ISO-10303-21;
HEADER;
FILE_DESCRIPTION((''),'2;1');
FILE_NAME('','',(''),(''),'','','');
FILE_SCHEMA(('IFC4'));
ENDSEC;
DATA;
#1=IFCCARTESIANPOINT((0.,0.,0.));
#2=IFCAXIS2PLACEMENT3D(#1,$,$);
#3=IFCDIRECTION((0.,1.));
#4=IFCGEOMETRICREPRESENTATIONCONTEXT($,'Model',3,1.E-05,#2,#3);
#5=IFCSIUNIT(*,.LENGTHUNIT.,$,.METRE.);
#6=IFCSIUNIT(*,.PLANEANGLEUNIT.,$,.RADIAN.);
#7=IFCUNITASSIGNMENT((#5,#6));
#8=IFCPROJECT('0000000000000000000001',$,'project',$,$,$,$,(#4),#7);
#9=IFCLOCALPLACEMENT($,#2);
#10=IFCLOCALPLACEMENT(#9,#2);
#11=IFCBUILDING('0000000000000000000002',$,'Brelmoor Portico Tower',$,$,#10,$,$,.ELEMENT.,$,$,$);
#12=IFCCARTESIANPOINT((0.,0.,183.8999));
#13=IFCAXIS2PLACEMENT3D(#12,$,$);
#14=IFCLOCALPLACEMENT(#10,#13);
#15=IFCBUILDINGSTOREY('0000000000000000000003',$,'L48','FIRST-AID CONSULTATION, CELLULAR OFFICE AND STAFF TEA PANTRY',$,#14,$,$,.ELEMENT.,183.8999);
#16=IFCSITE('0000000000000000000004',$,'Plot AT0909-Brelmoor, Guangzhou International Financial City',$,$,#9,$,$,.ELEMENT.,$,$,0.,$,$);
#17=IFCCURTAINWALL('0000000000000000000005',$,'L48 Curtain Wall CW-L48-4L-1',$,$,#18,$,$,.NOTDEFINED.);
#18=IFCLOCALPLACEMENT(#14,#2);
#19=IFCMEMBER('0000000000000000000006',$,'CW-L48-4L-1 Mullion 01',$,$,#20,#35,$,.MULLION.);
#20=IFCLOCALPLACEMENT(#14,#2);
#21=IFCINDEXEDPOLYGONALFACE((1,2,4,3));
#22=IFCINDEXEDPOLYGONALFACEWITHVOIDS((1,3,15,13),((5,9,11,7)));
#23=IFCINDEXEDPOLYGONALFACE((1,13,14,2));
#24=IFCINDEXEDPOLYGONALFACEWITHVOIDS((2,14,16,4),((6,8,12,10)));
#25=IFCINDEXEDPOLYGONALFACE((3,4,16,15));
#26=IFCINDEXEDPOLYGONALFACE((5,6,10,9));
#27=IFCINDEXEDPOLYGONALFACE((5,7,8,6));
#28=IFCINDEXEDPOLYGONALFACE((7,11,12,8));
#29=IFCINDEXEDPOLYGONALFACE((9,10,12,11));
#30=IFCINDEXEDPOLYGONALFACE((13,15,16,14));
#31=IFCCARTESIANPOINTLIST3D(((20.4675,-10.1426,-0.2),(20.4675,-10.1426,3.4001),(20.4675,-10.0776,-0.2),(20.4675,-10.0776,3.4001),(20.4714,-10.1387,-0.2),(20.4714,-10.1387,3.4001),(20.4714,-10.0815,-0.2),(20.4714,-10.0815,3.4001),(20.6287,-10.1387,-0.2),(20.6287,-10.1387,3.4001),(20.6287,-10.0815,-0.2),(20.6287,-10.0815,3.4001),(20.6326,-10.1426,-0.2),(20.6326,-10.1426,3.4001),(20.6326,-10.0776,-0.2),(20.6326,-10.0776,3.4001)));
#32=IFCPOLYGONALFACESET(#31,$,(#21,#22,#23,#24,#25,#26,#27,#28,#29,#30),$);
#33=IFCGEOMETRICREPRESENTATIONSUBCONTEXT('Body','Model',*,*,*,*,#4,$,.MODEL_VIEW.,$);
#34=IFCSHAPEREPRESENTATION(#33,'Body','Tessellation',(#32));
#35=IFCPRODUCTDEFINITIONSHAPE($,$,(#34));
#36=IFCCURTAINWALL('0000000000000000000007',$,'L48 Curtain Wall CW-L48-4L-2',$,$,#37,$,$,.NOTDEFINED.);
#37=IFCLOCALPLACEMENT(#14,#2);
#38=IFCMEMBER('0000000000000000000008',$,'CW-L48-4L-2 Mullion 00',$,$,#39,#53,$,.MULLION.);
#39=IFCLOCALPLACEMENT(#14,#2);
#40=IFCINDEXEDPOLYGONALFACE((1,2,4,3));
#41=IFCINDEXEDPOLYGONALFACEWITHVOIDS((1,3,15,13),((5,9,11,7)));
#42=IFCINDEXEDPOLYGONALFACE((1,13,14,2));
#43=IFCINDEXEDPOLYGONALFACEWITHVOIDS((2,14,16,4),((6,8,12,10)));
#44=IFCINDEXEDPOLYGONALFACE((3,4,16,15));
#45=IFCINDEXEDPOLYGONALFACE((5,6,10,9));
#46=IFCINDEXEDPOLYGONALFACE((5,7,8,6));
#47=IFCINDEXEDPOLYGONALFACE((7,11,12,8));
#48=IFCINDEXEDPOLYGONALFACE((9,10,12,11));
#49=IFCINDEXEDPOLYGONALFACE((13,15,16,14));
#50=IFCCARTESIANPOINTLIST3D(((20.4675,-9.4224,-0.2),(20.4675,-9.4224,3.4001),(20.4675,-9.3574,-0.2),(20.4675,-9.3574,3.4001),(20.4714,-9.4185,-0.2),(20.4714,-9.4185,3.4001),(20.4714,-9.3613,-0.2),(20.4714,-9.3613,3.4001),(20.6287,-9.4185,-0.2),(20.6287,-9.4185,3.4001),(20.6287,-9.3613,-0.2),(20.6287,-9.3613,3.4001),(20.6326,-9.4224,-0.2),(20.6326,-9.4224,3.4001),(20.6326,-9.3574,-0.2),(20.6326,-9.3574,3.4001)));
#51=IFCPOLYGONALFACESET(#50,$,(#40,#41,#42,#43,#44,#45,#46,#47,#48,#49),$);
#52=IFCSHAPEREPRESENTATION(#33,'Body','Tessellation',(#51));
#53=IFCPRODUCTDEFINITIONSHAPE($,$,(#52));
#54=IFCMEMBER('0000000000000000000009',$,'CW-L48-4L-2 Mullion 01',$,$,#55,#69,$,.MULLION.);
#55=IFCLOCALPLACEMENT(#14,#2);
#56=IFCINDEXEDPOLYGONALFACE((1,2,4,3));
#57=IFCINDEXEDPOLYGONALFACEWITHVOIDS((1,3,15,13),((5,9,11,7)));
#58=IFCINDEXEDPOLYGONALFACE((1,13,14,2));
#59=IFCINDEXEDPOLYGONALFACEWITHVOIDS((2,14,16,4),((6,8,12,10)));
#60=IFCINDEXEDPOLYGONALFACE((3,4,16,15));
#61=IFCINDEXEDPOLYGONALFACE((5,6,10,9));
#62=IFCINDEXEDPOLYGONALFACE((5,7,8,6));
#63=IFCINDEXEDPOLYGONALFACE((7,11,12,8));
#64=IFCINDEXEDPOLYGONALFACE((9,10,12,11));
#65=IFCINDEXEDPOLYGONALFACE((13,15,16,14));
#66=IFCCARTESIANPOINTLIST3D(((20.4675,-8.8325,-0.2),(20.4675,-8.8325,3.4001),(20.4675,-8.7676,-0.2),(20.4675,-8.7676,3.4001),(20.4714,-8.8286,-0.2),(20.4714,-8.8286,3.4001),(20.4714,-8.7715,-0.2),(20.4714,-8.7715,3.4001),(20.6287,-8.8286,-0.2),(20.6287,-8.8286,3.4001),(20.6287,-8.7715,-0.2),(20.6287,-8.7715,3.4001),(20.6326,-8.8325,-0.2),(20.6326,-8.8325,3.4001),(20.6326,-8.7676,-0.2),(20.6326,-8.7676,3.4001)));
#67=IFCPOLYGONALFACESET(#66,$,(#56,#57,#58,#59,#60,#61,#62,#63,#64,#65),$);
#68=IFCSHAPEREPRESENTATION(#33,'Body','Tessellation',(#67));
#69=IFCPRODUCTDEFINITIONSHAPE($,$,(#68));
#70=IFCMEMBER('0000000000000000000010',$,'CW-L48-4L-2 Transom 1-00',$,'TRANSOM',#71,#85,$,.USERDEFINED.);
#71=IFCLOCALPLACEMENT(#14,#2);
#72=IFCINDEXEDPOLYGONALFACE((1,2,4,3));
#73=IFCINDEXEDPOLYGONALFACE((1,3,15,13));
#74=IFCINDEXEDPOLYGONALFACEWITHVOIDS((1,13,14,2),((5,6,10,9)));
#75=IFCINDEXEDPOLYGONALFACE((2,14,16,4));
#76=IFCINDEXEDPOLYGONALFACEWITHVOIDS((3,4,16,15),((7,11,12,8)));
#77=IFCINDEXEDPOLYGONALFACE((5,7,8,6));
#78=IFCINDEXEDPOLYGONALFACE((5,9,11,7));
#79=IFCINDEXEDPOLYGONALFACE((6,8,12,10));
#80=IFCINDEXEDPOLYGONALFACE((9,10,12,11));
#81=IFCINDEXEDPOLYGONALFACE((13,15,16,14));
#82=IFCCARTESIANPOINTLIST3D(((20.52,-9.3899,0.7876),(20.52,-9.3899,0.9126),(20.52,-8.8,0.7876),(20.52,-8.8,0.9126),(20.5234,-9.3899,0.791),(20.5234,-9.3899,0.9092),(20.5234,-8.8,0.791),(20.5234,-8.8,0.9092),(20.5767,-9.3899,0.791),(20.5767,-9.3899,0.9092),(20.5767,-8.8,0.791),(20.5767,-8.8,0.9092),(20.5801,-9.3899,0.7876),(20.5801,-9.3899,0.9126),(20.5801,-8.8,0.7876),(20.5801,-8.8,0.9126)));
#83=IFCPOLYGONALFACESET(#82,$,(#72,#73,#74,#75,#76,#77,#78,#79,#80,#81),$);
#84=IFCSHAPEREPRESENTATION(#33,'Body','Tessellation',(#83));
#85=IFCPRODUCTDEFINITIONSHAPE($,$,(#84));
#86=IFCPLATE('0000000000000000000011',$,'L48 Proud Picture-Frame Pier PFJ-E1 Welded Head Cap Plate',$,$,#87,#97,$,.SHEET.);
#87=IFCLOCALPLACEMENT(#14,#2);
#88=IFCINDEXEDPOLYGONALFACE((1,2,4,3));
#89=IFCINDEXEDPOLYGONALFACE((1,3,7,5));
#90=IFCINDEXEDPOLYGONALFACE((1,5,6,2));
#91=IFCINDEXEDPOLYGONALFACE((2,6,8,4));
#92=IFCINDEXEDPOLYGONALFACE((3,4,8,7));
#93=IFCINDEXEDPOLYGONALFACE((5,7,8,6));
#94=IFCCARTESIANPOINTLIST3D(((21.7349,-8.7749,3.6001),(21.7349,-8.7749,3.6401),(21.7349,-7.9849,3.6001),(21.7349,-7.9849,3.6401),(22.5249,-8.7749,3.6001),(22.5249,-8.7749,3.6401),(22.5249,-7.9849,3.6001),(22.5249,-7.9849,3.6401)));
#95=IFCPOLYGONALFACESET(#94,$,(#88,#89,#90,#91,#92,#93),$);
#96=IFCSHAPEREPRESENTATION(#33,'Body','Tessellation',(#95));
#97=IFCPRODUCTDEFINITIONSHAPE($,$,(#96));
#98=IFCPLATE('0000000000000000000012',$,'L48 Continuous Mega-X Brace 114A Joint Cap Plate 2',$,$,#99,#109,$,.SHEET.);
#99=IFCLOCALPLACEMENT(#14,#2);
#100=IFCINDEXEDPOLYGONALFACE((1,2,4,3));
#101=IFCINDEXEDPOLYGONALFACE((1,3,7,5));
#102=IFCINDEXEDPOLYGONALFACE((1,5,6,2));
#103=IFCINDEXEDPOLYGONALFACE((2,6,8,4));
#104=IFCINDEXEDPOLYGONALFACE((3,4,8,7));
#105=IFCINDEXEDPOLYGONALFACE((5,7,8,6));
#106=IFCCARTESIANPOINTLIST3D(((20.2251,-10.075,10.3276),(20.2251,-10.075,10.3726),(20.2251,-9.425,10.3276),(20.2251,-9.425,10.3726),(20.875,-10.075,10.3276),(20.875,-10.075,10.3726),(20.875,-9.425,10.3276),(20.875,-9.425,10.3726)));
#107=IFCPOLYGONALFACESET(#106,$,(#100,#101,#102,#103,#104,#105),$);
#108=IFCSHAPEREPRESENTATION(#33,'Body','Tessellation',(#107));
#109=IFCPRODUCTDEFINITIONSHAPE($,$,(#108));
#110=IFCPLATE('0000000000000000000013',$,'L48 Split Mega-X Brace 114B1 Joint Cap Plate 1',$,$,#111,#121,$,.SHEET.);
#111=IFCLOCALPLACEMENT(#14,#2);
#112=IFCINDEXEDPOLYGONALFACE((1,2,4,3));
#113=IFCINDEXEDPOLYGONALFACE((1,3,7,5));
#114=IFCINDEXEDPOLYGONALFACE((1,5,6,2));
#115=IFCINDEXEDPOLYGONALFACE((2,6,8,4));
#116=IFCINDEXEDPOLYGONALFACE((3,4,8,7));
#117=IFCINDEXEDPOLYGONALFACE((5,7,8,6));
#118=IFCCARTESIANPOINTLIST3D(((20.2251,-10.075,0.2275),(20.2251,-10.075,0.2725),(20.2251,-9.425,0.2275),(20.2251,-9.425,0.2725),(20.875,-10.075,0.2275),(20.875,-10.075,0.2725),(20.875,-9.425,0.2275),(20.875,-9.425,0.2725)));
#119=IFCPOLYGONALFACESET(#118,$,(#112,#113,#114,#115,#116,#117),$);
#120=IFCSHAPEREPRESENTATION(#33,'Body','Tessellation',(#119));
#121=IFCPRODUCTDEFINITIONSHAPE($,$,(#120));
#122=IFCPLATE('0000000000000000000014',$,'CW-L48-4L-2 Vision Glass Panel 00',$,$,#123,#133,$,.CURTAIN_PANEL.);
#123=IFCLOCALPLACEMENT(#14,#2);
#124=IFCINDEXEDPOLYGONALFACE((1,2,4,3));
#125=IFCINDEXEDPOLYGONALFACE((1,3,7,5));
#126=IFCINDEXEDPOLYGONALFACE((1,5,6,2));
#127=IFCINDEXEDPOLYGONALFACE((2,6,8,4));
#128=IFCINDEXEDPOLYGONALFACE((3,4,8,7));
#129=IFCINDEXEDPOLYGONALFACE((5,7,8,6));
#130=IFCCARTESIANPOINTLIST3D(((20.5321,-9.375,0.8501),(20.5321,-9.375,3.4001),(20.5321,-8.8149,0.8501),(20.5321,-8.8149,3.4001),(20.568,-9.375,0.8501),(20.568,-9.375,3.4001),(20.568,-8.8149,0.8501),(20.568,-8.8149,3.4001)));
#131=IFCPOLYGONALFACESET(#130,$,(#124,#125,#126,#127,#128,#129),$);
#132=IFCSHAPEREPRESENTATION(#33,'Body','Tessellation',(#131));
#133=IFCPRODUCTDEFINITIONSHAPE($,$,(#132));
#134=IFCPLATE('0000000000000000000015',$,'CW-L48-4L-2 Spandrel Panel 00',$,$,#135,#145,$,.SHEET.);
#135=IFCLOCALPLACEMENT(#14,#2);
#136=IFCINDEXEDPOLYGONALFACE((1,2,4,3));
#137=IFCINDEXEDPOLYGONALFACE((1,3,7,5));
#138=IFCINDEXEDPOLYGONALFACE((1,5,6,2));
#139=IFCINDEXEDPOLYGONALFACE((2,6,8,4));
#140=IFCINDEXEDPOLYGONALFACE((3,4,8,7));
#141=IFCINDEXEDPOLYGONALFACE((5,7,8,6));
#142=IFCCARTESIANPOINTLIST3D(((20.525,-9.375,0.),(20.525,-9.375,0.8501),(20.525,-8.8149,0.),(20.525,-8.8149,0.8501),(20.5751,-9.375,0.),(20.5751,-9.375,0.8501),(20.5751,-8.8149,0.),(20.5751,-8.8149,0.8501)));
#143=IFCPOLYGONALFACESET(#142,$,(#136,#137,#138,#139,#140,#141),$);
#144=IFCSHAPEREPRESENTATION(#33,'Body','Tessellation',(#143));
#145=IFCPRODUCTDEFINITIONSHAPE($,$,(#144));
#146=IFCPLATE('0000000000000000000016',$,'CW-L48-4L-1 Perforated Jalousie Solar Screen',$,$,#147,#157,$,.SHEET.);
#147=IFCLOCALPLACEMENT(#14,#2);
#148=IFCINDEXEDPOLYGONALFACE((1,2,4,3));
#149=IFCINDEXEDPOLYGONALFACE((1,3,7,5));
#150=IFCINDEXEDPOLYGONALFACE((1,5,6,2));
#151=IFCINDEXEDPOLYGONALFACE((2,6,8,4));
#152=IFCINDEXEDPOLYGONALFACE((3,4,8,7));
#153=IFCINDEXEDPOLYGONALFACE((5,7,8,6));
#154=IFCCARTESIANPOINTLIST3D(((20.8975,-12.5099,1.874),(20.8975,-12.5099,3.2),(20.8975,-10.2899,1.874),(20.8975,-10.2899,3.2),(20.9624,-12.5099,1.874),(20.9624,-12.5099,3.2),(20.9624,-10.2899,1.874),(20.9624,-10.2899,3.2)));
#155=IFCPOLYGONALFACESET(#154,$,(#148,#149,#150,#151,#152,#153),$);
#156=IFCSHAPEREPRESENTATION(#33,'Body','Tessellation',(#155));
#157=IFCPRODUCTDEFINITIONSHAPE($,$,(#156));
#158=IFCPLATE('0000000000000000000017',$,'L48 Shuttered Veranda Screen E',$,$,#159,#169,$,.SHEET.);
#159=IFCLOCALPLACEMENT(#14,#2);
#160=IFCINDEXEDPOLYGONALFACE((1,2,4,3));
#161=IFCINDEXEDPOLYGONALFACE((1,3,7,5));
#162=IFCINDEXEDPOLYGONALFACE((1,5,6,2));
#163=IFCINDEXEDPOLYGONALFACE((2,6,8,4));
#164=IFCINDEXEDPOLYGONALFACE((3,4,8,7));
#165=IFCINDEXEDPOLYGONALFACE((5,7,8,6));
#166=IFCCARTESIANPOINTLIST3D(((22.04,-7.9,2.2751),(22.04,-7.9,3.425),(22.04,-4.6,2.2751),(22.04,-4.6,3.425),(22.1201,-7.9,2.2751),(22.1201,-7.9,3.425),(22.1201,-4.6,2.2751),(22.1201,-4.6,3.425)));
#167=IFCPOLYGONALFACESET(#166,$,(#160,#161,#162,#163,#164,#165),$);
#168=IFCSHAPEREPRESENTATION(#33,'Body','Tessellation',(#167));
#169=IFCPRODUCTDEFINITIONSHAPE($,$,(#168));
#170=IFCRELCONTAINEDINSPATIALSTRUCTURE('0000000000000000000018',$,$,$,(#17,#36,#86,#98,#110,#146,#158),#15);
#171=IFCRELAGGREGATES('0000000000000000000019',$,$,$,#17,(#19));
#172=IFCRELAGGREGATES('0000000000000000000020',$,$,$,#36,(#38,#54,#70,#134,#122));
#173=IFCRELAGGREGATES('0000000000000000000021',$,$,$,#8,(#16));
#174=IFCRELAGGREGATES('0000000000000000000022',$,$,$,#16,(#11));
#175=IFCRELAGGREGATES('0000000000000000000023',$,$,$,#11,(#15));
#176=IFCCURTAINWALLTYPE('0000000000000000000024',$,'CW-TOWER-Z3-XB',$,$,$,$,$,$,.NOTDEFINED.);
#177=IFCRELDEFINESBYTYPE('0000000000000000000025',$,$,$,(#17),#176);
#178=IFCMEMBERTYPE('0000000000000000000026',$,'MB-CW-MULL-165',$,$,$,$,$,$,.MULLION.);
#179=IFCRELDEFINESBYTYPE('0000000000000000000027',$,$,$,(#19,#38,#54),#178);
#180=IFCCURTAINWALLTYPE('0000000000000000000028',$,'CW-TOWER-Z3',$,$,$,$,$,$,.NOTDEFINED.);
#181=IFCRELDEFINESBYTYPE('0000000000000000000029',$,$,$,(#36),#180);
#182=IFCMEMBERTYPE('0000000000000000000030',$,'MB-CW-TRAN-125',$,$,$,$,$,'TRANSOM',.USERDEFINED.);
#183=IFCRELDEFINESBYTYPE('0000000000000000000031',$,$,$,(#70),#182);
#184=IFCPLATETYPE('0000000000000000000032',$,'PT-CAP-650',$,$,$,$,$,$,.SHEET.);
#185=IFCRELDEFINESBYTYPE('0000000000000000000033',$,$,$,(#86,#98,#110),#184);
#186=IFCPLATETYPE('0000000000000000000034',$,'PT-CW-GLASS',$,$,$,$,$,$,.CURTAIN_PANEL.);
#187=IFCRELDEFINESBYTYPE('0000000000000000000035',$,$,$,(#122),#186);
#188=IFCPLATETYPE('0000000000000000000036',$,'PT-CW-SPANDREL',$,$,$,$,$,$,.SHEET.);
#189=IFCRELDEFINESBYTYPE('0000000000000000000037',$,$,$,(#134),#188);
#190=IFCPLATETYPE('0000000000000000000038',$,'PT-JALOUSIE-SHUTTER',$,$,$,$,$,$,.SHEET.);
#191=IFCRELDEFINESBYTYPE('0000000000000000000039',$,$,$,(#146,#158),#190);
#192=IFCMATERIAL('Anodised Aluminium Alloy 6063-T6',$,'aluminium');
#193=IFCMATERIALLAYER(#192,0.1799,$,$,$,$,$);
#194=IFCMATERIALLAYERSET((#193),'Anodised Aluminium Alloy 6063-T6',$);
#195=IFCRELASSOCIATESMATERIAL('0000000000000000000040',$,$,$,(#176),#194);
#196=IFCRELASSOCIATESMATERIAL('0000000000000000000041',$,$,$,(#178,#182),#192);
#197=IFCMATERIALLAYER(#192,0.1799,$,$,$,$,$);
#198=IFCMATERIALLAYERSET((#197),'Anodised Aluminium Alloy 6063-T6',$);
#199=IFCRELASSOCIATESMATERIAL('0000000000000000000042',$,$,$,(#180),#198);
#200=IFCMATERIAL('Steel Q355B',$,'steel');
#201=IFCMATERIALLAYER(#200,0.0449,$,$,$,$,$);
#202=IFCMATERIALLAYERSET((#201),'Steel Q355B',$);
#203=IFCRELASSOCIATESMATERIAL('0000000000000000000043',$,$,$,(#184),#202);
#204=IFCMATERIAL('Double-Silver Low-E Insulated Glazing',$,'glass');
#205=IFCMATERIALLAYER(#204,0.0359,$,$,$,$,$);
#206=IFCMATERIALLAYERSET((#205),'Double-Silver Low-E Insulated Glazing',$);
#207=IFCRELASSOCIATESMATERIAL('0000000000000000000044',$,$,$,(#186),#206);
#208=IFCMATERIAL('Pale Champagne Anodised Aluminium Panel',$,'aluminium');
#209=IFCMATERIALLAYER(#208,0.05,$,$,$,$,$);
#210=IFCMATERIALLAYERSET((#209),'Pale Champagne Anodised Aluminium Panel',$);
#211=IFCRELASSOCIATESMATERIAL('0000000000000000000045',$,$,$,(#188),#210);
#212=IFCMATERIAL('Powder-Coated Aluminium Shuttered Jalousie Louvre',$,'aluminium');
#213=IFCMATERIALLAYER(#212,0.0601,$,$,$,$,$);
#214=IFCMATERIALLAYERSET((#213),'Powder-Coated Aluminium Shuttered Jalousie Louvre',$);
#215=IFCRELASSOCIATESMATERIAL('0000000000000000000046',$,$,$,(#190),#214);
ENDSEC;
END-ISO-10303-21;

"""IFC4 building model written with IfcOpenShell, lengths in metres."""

from ifc_helpers import new_model, si_unit, direction, frame, origin, origin_2d, place, context, subcontext, project, spatial, rectangle, hollow_rectangle, extrude, material, layer, layer_set, material_profile, profile_set, type_object, element, aggregate, save


model = new_model("IFC4")

# Units and contexts
model_context = context("Model", 3, precision=1e-05, world=origin(), true_north=direction((0.0, 1.0)))
body_context = subcontext(model_context, "Body", "Model", "MODEL_VIEW")
ifc_project = project(units=[si_unit("LENGTHUNIT", "METRE"), si_unit("PLANEANGLEUNIT", "RADIAN")], contexts=[model_context])

# Site, building, storey
site_placement = place(None, origin())
site = spatial("IfcSite", under=ifc_project, at=site_placement, Name="Plot AT0909-Brelmoor, Guangzhou International Financial City", CompositionType="ELEMENT", RefElevation=0.0)
building_placement = place(site_placement, origin())
building = spatial("IfcBuilding", under=site, at=building_placement, Name="Brelmoor Portico Tower", CompositionType="ELEMENT")
storey_placement = place(building_placement, frame((0.0, 0.0, 183.8999)))
storey = spatial("IfcBuildingStorey", under=building, at=storey_placement, Name="L48", Description="FIRST-AID CONSULTATION, CELLULAR OFFICE AND STAFF TEA PANTRY", CompositionType="ELEMENT", Elevation=183.8999)

# Shared definitions
ifc_material_1 = material(Name="Steel Q355B", Category="steel")

# Curtain wall, member
ifc_material_2 = material(Name="Anodised Aluminium Alloy 6063-T6", Category="aluminium")
ifc_layer_1 = layer(ifc_material_2, 0.1799)
ifc_layer_set_1 = layer_set([ifc_layer_1], Name="Anodised Aluminium Alloy 6063-T6")
curtain_wall_type_1 = type_object("IfcCurtainWallType", Name="CW-TOWER-Z3-XB", PredefinedType="NOTDEFINED", material=ifc_layer_set_1)
curtain_wall_1_placement = place(storey_placement, origin())
curtain_wall_1 = element("IfcCurtainWall", 1, at=curtain_wall_1_placement, inside=storey, type_object=curtain_wall_type_1, Name="L48 Curtain Wall CW-L48-4L-1", PredefinedType="NOTDEFINED")
ifc_material_profile_1 = material_profile(ifc_material_2, hollow_rectangle(XDim=0.0649, YDim=0.165, WallThickness=0.0039, at=origin_2d()), Name="ALU MULLION 65x165")
ifc_profile_set_1 = profile_set([ifc_material_profile_1], Name="Anodised Aluminium Alloy 6063-T6")
member_type_1 = type_object("IfcMemberType", Name="MB-CW-MULL-165", PredefinedType="MULLION", material=ifc_profile_set_1)
member_1_placement = place(storey_placement, frame((20.55, -10.1101, -0.2), z_axis=(0.0, 0.0, 1.0), x_axis=(0.0, 1.0, 0.0)))
member_1 = element("IfcMember", 2, at=member_1_placement, type_object=member_type_1, Name="CW-L48-4L-1 Mullion 01", PredefinedType="MULLION", context=body_context, shape_type="SweptSolid", body=[
    extrude(hollow_rectangle(XDim=0.0649, YDim=0.165, WallThickness=0.0039, at=origin_2d()), origin(), (0.0, 0.0, 1.0), 3.6001),
])
aggregate(curtain_wall_1, [member_1])

# Curtain wall, members
ifc_layer_2 = layer(ifc_material_2, 0.1799)
ifc_layer_set_2 = layer_set([ifc_layer_2], Name="Anodised Aluminium Alloy 6063-T6")
curtain_wall_type_2 = type_object("IfcCurtainWallType", Name="CW-TOWER-Z3", PredefinedType="NOTDEFINED", material=ifc_layer_set_2)
curtain_wall_2_placement = place(storey_placement, origin())
curtain_wall_2 = element("IfcCurtainWall", 3, at=curtain_wall_2_placement, inside=storey, type_object=curtain_wall_type_2, Name="L48 Curtain Wall CW-L48-4L-2", PredefinedType="NOTDEFINED")
member_2_placement = place(storey_placement, frame((20.55, -9.3899, -0.2), z_axis=(0.0, 0.0, 1.0), x_axis=(0.0, 1.0, 0.0)))
member_2 = element("IfcMember", 4, at=member_2_placement, type_object=member_type_1, Name="CW-L48-4L-2 Mullion 00", PredefinedType="MULLION", context=body_context, shape_type="SweptSolid", body=[
    extrude(hollow_rectangle(XDim=0.0649, YDim=0.165, WallThickness=0.0039, at=origin_2d()), origin(), (0.0, 0.0, 1.0), 3.6001),
])
member_3_placement = place(storey_placement, frame((20.55, -8.8, -0.2), z_axis=(0.0, 0.0, 1.0), x_axis=(0.0, 1.0, 0.0)))
member_3 = element("IfcMember", 5, at=member_3_placement, type_object=member_type_1, Name="CW-L48-4L-2 Mullion 01", PredefinedType="MULLION", context=body_context, shape_type="SweptSolid", body=[
    extrude(hollow_rectangle(XDim=0.0649, YDim=0.165, WallThickness=0.0039, at=origin_2d()), origin(), (0.0, 0.0, 1.0), 3.6001),
])
ifc_material_profile_2 = material_profile(ifc_material_2, hollow_rectangle(XDim=0.0601, YDim=0.125, WallThickness=0.0034, at=origin_2d()), Name="ALU TRANSOM 60x125")
ifc_profile_set_2 = profile_set([ifc_material_profile_2], Name="Anodised Aluminium Alloy 6063-T6")
member_type_2 = type_object("IfcMemberType", Name="MB-CW-TRAN-125", ElementType="TRANSOM", PredefinedType="USERDEFINED", material=ifc_profile_set_2)
member_4_placement = place(storey_placement, frame((20.55, -9.3899, 0.8501), z_axis=(0.0, 1.0, 0.0), x_axis=(-1.0, 0.0, 0.0)))
member_4 = element("IfcMember", 6, at=member_4_placement, type_object=member_type_2, Name="CW-L48-4L-2 Transom 1-00", ObjectType="TRANSOM", PredefinedType="USERDEFINED", context=body_context, shape_type="SweptSolid", body=[
    extrude(hollow_rectangle(XDim=0.0601, YDim=0.125, WallThickness=0.0034, at=origin_2d()), origin(), (0.0, 0.0, 1.0), 0.5898),
])

# Plates
ifc_layer_3 = layer(ifc_material_1, 0.0449)
ifc_layer_set_3 = layer_set([ifc_layer_3], Name="Steel Q355B")
plate_type_1 = type_object("IfcPlateType", Name="PT-CAP-650", PredefinedType="SHEET", material=ifc_layer_set_3)
plate_1_placement = place(storey_placement, frame((22.1299, -8.3799, 3.6001), z_axis=(0.0, 0.0, 1.0), x_axis=(0.0, 1.0, 0.0)))
element("IfcPlate", 7, at=plate_1_placement, inside=storey, type_object=plate_type_1, Name="L48 Proud Picture-Frame Pier PFJ-E1 Welded Head Cap Plate", PredefinedType="SHEET", context=body_context, shape_type="SweptSolid", body=[
    extrude(rectangle(XDim=0.79, YDim=0.79, at=origin_2d()), origin(), (0.0, 0.0, 1.0), 0.04),
])
for number, where, z_axis, x_axis, name in (
    (8, (20.55, -9.75, 10.3276), (0.0, 0.0, 1.0), (1.0, 0.0, 0.0), "L48 Continuous Mega-X Brace 114A Joint Cap Plate 2"),
    (9, (20.55, -9.75, 0.2275), (0.0, 0.0, 1.0), (1.0, 0.0, 0.0), "L48 Split Mega-X Brace 114B1 Joint Cap Plate 1"),
):
    element("IfcPlate", number, at=place(storey_placement, frame(where, z_axis=z_axis, x_axis=x_axis)), inside=storey, type_object=plate_type_1, Name=name, PredefinedType="SHEET", context=body_context, shape_type="SweptSolid", body=[
        extrude(rectangle(XDim=0.6499, YDim=0.6499, at=origin_2d()), origin(), (0.0, 0.0, 1.0), 0.0449),
    ])

# Plates
ifc_material_3 = material(Name="Double-Silver Low-E Insulated Glazing", Category="glass")
ifc_layer_4 = layer(ifc_material_3, 0.0359)
ifc_layer_set_4 = layer_set([ifc_layer_4], Name="Double-Silver Low-E Insulated Glazing")
plate_type_2 = type_object("IfcPlateType", Name="PT-CW-GLASS", PredefinedType="CURTAIN_PANEL", material=ifc_layer_set_4)
plate_2_placement = place(storey_placement, frame((20.55, -9.095, 0.8501), z_axis=(0.0, 0.0, 1.0), x_axis=(0.0, 1.0, 0.0)))
plate_2 = element("IfcPlate", 10, at=plate_2_placement, type_object=plate_type_2, Name="CW-L48-4L-2 Vision Glass Panel 00", PredefinedType="CURTAIN_PANEL", context=body_context, shape_type="SweptSolid", body=[
    extrude(rectangle(XDim=0.5601, YDim=0.0359, at=origin_2d()), origin(), (0.0, 0.0, 1.0), 2.55),
])
ifc_material_4 = material(Name="Pale Champagne Anodised Aluminium Panel", Category="aluminium")
ifc_layer_5 = layer(ifc_material_4, 0.05)
ifc_layer_set_5 = layer_set([ifc_layer_5], Name="Pale Champagne Anodised Aluminium Panel")
plate_type_3 = type_object("IfcPlateType", Name="PT-CW-SPANDREL", PredefinedType="SHEET", material=ifc_layer_set_5)
plate_3_placement = place(storey_placement, frame((20.55, -9.095, 0.0), z_axis=(0.0, 0.0, 1.0), x_axis=(0.0, 1.0, 0.0)))
plate_3 = element("IfcPlate", 11, at=plate_3_placement, type_object=plate_type_3, Name="CW-L48-4L-2 Spandrel Panel 00", PredefinedType="SHEET", context=body_context, shape_type="SweptSolid", body=[
    extrude(rectangle(XDim=0.5601, YDim=0.05, at=origin_2d()), origin(), (0.0, 0.0, 1.0), 0.8501),
])
aggregate(curtain_wall_2, [member_2, member_3, member_4, plate_3, plate_2])

# Plates
ifc_material_5 = material(Name="Powder-Coated Aluminium Shuttered Jalousie Louvre", Category="aluminium")
ifc_layer_6 = layer(ifc_material_5, 0.0601)
ifc_layer_set_6 = layer_set([ifc_layer_6], Name="Powder-Coated Aluminium Shuttered Jalousie Louvre")
plate_type_4 = type_object("IfcPlateType", Name="PT-JALOUSIE-SHUTTER", PredefinedType="SHEET", material=ifc_layer_set_6)
plate_4_placement = place(storey_placement, frame((20.9299, -11.3999, 1.874), z_axis=(0.0, 0.0, 1.0), x_axis=(0.0, 1.0, 0.0)))
element("IfcPlate", 12, at=plate_4_placement, inside=storey, type_object=plate_type_4, Name="CW-L48-4L-1 Perforated Jalousie Solar Screen", PredefinedType="SHEET", context=body_context, shape_type="SweptSolid", body=[
    extrude(rectangle(XDim=2.22, YDim=0.0649, at=origin_2d()), origin(), (0.0, 0.0, 1.0), 1.3259),
])
plate_5_placement = place(storey_placement, frame((22.0801, -6.25, 2.2751), z_axis=(0.0, 0.0, 1.0), x_axis=(0.0, 1.0, 0.0)))
element("IfcPlate", 13, at=plate_5_placement, inside=storey, type_object=plate_type_4, Name="L48 Shuttered Veranda Screen E", PredefinedType="SHEET", context=body_context, shape_type="SweptSolid", body=[
    extrude(rectangle(XDim=3.3, YDim=0.0801, at=origin_2d()), origin(), (0.0, 0.0, 1.0), 1.1499),
])

save(model, "model.ifc")
